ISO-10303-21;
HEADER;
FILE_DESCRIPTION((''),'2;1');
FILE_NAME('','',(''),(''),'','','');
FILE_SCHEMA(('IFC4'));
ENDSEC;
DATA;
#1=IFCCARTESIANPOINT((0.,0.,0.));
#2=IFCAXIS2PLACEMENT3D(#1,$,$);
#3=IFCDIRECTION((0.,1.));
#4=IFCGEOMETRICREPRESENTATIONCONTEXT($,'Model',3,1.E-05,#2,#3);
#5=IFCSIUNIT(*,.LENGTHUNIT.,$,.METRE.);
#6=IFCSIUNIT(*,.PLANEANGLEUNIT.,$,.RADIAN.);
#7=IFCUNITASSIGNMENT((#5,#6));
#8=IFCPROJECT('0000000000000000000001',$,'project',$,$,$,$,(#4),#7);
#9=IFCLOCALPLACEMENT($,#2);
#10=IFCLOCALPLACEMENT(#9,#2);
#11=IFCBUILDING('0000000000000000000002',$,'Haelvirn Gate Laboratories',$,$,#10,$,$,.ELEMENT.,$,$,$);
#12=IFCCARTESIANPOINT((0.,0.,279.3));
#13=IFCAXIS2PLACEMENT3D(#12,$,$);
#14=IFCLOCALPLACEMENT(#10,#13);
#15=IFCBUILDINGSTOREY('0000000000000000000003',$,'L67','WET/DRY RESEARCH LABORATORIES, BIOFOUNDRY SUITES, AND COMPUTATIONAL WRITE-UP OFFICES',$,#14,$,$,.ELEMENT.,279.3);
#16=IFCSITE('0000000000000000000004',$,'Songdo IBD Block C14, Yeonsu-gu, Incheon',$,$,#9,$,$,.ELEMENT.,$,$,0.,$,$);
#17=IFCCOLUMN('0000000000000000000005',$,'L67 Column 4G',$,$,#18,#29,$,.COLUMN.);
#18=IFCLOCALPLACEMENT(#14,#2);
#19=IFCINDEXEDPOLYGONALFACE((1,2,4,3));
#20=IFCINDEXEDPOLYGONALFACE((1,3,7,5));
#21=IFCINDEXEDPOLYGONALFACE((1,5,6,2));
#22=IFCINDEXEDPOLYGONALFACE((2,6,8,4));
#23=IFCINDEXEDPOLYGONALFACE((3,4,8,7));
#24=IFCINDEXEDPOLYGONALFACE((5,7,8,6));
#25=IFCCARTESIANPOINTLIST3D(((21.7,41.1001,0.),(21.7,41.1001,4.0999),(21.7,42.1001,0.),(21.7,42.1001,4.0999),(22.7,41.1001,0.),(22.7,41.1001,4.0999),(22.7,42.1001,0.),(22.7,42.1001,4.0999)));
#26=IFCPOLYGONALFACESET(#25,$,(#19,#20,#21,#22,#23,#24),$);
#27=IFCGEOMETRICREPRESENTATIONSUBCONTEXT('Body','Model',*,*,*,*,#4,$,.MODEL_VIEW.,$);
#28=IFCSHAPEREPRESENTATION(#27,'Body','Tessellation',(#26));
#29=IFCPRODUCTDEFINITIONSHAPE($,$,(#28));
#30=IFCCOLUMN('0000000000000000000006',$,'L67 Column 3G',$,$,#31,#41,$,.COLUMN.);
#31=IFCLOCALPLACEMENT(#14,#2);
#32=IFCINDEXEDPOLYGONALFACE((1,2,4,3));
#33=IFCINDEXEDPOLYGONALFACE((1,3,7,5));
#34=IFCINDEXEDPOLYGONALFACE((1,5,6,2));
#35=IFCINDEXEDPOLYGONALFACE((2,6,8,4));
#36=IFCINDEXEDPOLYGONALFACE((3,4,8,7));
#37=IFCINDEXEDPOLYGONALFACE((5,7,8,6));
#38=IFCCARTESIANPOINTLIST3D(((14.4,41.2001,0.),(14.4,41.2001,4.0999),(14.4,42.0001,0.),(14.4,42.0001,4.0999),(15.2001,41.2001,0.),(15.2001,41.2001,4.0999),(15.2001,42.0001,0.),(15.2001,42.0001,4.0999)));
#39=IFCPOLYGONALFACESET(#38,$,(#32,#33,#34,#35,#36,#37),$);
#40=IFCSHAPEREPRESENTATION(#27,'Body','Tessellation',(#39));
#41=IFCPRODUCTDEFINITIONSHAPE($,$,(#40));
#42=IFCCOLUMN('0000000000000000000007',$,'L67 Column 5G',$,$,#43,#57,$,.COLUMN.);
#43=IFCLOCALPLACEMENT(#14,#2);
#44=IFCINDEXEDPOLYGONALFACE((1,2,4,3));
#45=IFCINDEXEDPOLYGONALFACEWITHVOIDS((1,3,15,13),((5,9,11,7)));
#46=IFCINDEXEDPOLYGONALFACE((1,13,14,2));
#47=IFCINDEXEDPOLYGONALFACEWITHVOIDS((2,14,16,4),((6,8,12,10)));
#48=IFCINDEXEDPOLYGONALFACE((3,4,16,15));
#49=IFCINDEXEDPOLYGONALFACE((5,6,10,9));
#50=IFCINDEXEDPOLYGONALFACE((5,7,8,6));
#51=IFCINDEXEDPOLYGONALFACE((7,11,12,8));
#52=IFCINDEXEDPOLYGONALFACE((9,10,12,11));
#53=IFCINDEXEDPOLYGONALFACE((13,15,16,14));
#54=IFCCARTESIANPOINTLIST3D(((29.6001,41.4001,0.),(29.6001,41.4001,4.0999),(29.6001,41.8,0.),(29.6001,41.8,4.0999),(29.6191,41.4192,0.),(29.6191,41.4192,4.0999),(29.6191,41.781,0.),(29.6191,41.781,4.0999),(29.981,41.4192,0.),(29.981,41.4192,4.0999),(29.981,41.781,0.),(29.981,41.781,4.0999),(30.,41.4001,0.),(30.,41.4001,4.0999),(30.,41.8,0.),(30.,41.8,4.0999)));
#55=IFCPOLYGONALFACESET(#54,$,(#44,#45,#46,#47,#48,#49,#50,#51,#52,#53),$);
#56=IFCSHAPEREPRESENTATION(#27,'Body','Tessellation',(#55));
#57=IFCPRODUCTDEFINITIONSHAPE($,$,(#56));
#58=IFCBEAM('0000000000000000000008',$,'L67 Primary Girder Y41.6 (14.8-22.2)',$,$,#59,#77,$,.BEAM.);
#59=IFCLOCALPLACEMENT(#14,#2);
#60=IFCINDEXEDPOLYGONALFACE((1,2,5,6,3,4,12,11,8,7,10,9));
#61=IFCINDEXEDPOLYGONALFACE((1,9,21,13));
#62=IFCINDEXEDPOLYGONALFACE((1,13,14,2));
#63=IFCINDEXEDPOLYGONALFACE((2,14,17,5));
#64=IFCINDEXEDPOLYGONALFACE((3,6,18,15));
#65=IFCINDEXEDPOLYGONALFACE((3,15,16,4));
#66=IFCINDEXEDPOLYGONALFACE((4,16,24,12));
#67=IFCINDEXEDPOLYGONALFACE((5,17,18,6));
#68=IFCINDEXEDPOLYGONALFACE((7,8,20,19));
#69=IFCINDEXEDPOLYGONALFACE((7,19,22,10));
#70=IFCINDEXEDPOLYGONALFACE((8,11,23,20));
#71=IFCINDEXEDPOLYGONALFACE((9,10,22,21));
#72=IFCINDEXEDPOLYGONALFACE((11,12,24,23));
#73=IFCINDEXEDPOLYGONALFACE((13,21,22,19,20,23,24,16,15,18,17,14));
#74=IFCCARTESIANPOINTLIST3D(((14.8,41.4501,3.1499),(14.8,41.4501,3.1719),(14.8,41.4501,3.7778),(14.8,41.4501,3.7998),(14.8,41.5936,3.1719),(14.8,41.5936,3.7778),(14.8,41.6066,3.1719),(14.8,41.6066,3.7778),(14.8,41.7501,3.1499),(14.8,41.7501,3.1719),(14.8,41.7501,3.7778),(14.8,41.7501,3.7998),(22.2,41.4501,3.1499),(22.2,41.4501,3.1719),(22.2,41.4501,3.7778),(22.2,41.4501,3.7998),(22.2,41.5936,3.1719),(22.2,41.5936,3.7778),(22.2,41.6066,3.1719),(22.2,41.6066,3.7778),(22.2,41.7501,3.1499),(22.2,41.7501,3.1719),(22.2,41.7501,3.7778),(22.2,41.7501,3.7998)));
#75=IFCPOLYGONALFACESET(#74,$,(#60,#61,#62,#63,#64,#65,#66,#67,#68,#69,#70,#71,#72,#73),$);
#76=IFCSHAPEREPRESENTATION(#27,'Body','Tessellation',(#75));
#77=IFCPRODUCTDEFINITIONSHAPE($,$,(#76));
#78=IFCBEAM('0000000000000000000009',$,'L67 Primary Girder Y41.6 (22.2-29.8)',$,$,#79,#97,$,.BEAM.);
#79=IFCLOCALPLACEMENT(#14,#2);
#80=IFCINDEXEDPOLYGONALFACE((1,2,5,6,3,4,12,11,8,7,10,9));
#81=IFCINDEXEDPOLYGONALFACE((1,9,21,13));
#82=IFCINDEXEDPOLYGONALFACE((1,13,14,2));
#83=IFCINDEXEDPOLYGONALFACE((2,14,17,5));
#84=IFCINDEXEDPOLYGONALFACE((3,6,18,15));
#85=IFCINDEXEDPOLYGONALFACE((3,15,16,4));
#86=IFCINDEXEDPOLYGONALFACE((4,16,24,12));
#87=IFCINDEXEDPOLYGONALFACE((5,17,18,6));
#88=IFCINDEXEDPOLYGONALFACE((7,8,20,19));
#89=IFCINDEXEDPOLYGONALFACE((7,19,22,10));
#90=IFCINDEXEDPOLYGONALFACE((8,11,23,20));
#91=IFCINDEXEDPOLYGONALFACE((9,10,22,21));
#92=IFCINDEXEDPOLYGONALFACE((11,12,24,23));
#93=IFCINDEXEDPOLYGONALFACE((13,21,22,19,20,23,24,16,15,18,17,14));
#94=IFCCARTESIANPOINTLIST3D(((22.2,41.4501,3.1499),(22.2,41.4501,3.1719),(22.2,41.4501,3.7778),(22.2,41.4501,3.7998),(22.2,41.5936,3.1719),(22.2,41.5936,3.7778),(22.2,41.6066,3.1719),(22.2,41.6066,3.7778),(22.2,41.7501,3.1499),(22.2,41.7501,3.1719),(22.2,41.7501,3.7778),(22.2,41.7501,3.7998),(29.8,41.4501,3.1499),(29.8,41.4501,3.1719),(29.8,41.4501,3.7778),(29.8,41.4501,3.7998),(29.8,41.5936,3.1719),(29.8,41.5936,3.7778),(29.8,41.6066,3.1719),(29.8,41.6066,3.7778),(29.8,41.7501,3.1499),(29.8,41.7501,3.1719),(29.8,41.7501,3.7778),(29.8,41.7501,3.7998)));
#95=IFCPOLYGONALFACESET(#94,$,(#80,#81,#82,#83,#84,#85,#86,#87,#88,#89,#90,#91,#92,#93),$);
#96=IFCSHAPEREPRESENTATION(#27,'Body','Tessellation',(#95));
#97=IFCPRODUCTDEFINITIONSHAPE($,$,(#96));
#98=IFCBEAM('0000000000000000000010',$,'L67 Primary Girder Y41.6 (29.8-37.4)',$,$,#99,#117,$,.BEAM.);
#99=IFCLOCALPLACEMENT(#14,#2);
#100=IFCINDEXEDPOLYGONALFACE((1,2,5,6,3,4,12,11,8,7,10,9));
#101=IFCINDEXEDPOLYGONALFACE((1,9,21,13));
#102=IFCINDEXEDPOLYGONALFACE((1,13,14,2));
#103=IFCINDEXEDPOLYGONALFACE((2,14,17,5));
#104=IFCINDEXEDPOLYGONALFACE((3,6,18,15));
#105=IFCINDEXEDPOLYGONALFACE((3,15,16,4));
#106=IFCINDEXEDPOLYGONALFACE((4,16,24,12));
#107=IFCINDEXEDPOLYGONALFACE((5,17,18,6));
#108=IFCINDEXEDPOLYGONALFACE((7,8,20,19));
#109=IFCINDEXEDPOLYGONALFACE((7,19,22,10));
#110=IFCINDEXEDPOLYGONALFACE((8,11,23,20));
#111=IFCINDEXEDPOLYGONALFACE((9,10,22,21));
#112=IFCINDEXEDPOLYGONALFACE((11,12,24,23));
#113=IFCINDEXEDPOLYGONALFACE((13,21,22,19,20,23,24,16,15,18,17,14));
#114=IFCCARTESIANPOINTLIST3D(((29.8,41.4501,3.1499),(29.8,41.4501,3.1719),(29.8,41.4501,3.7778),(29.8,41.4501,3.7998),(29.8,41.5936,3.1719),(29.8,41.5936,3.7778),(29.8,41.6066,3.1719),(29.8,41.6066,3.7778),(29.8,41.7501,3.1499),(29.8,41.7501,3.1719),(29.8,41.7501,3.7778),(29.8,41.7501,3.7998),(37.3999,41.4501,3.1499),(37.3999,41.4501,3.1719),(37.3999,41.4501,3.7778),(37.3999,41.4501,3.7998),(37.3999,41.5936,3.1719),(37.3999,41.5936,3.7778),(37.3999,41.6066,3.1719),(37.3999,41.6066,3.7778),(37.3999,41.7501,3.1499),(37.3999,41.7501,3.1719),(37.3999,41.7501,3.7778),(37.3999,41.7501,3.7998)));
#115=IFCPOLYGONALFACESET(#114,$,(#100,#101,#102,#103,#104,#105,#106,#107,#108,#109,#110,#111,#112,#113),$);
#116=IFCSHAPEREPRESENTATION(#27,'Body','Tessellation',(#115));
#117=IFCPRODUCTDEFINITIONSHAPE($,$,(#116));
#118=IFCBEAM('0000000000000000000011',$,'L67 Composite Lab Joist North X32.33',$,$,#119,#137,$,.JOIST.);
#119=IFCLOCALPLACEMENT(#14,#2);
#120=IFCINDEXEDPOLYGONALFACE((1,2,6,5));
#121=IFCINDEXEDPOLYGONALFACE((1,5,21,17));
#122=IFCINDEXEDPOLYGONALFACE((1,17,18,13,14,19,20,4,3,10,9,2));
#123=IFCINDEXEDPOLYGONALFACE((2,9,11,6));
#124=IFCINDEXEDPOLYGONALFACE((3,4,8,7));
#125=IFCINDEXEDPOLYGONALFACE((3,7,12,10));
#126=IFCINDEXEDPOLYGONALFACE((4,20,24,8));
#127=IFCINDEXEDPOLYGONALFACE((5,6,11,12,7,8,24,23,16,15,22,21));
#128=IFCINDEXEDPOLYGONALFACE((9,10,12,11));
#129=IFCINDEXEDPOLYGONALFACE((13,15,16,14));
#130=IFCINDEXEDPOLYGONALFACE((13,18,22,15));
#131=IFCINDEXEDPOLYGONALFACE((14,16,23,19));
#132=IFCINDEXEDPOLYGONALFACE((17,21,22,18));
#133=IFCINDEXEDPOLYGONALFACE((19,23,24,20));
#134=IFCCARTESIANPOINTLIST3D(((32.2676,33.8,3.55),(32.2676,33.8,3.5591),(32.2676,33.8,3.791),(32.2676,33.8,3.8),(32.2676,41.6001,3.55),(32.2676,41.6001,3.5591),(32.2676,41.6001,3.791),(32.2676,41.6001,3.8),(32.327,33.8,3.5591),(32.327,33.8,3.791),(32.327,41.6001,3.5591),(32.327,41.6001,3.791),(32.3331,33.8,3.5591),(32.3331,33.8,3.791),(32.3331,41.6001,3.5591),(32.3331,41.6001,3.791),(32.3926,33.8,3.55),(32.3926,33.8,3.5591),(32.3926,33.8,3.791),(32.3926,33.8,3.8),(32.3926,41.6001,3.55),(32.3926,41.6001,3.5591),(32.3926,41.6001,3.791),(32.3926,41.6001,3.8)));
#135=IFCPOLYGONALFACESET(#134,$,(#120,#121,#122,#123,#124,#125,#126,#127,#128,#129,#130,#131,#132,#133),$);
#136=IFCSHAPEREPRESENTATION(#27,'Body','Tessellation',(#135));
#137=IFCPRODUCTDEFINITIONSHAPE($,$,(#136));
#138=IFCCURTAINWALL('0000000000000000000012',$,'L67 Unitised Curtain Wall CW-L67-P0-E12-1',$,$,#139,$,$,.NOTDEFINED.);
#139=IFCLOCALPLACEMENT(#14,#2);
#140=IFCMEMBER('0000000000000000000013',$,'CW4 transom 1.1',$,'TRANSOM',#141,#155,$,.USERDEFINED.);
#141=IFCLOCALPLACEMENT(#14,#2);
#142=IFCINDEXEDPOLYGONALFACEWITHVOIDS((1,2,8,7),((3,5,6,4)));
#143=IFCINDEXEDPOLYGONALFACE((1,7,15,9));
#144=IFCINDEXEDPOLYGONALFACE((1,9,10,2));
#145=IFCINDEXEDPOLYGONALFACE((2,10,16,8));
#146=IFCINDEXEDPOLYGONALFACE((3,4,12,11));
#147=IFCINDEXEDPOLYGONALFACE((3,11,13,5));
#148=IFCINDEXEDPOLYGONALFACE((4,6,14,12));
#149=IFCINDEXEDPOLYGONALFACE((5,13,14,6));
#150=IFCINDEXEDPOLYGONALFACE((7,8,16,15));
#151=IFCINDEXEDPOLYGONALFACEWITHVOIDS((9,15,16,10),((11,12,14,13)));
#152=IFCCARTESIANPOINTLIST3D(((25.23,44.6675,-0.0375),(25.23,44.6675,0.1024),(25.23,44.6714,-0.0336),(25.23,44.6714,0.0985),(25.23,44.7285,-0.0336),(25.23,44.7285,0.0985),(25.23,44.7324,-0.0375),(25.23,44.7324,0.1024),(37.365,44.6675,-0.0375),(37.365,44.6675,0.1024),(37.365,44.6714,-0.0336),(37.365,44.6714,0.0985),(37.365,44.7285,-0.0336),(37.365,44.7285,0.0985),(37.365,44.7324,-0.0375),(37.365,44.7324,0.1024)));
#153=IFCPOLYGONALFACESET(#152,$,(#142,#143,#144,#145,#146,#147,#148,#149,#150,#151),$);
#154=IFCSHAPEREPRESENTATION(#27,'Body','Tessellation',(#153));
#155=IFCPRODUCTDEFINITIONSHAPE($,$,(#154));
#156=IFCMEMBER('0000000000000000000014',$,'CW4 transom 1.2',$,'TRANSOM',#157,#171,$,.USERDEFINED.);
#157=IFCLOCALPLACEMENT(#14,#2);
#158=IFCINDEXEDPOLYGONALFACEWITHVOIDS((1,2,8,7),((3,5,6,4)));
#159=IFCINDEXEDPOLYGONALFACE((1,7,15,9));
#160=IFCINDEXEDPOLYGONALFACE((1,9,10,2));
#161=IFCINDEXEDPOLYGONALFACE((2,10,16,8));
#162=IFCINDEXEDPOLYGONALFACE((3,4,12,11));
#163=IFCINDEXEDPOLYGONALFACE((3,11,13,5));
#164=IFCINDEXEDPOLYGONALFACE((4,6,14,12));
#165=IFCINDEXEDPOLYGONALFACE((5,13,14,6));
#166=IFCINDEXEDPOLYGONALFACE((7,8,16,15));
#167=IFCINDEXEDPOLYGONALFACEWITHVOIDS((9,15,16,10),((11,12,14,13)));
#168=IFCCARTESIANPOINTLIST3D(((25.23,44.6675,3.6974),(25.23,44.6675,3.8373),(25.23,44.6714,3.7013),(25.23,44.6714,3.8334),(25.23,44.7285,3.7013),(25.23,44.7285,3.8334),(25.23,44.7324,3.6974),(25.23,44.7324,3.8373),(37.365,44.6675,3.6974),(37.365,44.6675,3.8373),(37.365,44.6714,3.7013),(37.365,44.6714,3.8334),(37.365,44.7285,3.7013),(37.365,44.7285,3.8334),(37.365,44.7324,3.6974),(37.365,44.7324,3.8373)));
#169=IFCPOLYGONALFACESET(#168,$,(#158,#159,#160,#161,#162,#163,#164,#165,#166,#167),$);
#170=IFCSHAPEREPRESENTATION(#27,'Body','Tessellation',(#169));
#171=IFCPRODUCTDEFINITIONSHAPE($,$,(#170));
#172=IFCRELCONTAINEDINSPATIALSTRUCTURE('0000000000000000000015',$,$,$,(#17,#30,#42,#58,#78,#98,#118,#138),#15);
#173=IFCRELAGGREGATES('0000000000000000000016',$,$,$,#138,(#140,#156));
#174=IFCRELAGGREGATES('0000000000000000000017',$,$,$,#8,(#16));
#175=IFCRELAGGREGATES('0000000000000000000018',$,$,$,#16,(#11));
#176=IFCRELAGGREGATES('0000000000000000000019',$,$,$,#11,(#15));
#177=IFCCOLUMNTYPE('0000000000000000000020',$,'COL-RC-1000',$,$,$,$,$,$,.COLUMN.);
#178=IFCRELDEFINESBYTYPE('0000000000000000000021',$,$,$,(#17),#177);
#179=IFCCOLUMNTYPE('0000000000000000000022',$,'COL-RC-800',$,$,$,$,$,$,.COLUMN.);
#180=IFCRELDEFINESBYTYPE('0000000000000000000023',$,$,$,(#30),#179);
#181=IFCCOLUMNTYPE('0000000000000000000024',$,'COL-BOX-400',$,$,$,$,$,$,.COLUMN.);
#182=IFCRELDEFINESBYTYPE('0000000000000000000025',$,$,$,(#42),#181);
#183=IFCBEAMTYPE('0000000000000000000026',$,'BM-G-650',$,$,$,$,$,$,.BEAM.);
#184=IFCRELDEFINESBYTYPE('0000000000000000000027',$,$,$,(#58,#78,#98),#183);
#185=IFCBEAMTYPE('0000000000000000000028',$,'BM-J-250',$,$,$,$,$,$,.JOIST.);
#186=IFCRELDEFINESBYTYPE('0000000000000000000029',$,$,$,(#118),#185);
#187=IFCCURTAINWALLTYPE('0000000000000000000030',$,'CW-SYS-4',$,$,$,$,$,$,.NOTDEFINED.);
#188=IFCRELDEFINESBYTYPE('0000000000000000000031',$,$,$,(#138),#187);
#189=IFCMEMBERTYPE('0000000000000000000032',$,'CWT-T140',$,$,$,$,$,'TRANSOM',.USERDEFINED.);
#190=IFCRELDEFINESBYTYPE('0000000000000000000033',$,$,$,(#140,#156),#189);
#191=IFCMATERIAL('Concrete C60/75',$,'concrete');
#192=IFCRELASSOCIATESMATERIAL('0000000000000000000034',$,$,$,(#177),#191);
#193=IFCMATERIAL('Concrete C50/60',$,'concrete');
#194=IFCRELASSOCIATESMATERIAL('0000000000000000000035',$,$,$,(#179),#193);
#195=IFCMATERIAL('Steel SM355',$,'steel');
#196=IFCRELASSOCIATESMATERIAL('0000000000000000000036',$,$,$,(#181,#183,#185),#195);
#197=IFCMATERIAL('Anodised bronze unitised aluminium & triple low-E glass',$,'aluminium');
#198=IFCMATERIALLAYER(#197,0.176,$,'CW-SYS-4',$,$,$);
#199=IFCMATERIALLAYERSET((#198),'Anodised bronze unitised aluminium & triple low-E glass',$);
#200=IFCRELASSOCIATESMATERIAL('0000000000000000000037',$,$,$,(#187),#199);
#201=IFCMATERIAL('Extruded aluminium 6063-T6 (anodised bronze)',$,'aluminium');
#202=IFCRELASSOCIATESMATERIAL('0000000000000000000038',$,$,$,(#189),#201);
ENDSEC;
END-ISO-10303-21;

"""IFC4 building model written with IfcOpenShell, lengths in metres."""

from ifc_helpers import new_model, si_unit, direction, frame, origin, origin_2d, place, context, subcontext, project, spatial, rectangle, hollow_rectangle, i_section, extrude, source, transform, mapped, material, layer, layer_set, material_profile, profile_set, type_object, type_shapes, element, aggregate, save


model = new_model("IFC4")

# Units and contexts
model_context = context("Model", 3, precision=1e-05, world=origin(), true_north=direction((0.0, 1.0)))
body_context = subcontext(model_context, "Body", "Model", "MODEL_VIEW")
ifc_project = project(units=[si_unit("LENGTHUNIT", "METRE"), si_unit("PLANEANGLEUNIT", "RADIAN")], contexts=[model_context])

# Site, building, storey
site_placement = place(None, origin())
site = spatial("IfcSite", under=ifc_project, at=site_placement, Name="Songdo IBD Block C14, Yeonsu-gu, Incheon", CompositionType="ELEMENT", RefElevation=0.0)
building_placement = place(site_placement, origin())
building = spatial("IfcBuilding", under=site, at=building_placement, Name="Haelvirn Gate Laboratories", CompositionType="ELEMENT")
storey_placement = place(building_placement, frame((0.0, 0.0, 279.3)))
storey = spatial("IfcBuildingStorey", under=building, at=storey_placement, Name="L67", Description="WET/DRY RESEARCH LABORATORIES, BIOFOUNDRY SUITES, AND COMPUTATIONAL WRITE-UP OFFICES", CompositionType="ELEMENT", Elevation=279.3)

# Columns
ifc_material_1 = material(Name="Concrete C60/75", Category="concrete")
ifc_material_profile_1 = material_profile(ifc_material_1, rectangle(XDim=1.0, YDim=1.0, at=origin_2d()), Name="RC-1000x1000")
ifc_profile_set_1 = profile_set([ifc_material_profile_1], Name="Concrete C60/75")
column_type_1 = type_object("IfcColumnType", Name="COL-RC-1000", PredefinedType="COLUMN", material=ifc_profile_set_1)
shared_shape_1 = source(origin(), body_context, "Body", "SweptSolid", [
    extrude(rectangle(XDim=1.0, YDim=1.0, at=origin_2d()), origin(), (0.0, 0.0, 1.0), 4.0999),
])
type_shapes(column_type_1, [shared_shape_1])
column_1_placement = place(storey_placement, frame((22.2, 41.6001, 0.0), z_axis=(0.0, 0.0, 1.0), x_axis=(1.0, 0.0, 0.0)))
element("IfcColumn", 1, at=column_1_placement, inside=storey, type_object=column_type_1, Name="L67 Column 4G", PredefinedType="COLUMN", context=body_context, shape_type="MappedRepresentation", body=[
    mapped(shared_shape_1, transform((0.0, 0.0, 0.0), scale=1.0)),
])
ifc_material_2 = material(Name="Concrete C50/60", Category="concrete")
ifc_material_profile_2 = material_profile(ifc_material_2, rectangle(XDim=0.8, YDim=0.8, at=origin_2d()), Name="RC-800x800")
ifc_profile_set_2 = profile_set([ifc_material_profile_2], Name="Concrete C50/60")
column_type_2 = type_object("IfcColumnType", Name="COL-RC-800", PredefinedType="COLUMN", material=ifc_profile_set_2)
shared_shape_2 = source(origin(), body_context, "Body", "SweptSolid", [
    extrude(rectangle(XDim=0.8, YDim=0.8, at=origin_2d()), origin(), (0.0, 0.0, 1.0), 4.0999),
])
type_shapes(column_type_2, [shared_shape_2])
column_2_placement = place(storey_placement, frame((14.8, 41.6001, 0.0), z_axis=(0.0, 0.0, 1.0), x_axis=(1.0, 0.0, 0.0)))
element("IfcColumn", 2, at=column_2_placement, inside=storey, type_object=column_type_2, Name="L67 Column 3G", PredefinedType="COLUMN", context=body_context, shape_type="MappedRepresentation", body=[
    mapped(shared_shape_2, transform((0.0, 0.0, 0.0), scale=1.0)),
])
ifc_material_3 = material(Name="Steel SM355", Category="steel")
ifc_material_profile_3 = material_profile(ifc_material_3, hollow_rectangle(XDim=0.3999, YDim=0.3999, WallThickness=0.019, at=origin_2d()), Name="BOX-400x400x19")
ifc_profile_set_3 = profile_set([ifc_material_profile_3], Name="Steel SM355")
column_type_3 = type_object("IfcColumnType", Name="COL-BOX-400", PredefinedType="COLUMN", material=ifc_profile_set_3)
shared_shape_3 = source(origin(), body_context, "Body", "SweptSolid", [
    extrude(hollow_rectangle(XDim=0.3999, YDim=0.3999, WallThickness=0.019, at=origin_2d()), origin(), (0.0, 0.0, 1.0), 4.0999),
])
type_shapes(column_type_3, [shared_shape_3])
column_3_placement = place(storey_placement, frame((29.8, 41.6001, 0.0), z_axis=(0.0, 0.0, 1.0), x_axis=(1.0, 0.0, 0.0)))
element("IfcColumn", 3, at=column_3_placement, inside=storey, type_object=column_type_3, Name="L67 Column 5G", PredefinedType="COLUMN", context=body_context, shape_type="MappedRepresentation", body=[
    mapped(shared_shape_3, transform((0.0, 0.0, 0.0), scale=1.0)),
])

# Beams
ifc_material_profile_4 = material_profile(ifc_material_3, i_section(OverallWidth=0.3, OverallDepth=0.6499, WebThickness=0.0129, FlangeThickness=0.022, at=origin_2d()), Name="H-650x300x13x22")
ifc_profile_set_4 = profile_set([ifc_material_profile_4], Name="Steel SM355")
beam_type_1 = type_object("IfcBeamType", Name="BM-G-650", PredefinedType="BEAM", material=ifc_profile_set_4)
shared_shape_4 = source(origin(), body_context, "Body", "SweptSolid", [
    extrude(i_section(OverallWidth=0.3, OverallDepth=0.6499, WebThickness=0.0129, FlangeThickness=0.022, at=origin_2d()), origin(), (0.0, 0.0, 1.0), 7.3999),
])
beam_1_placement = place(storey_placement, frame((14.8, 41.6001, 3.4749), z_axis=(1.0, 0.0, 0.0), x_axis=(0.0, 1.0, 0.0)))
element("IfcBeam", 4, at=beam_1_placement, inside=storey, type_object=beam_type_1, Name="L67 Primary Girder Y41.6 (14.8-22.2)", PredefinedType="BEAM", context=body_context, shape_type="MappedRepresentation", body=[
    mapped(shared_shape_4, transform((0.0, 0.0, 0.0), scale=1.0)),
])
shared_shape_5 = source(origin(), body_context, "Body", "SweptSolid", [
    extrude(i_section(OverallWidth=0.3, OverallDepth=0.6499, WebThickness=0.0129, FlangeThickness=0.022, at=origin_2d()), origin(), (0.0, 0.0, 1.0), 7.6001),
])
beam_2_placement = place(storey_placement, frame((22.2, 41.6001, 3.4749), z_axis=(1.0, 0.0, 0.0), x_axis=(0.0, 1.0, 0.0)))
element("IfcBeam", 5, at=beam_2_placement, inside=storey, type_object=beam_type_1, Name="L67 Primary Girder Y41.6 (22.2-29.8)", PredefinedType="BEAM", context=body_context, shape_type="MappedRepresentation", body=[
    mapped(shared_shape_5, transform((0.0, 0.0, 0.0), scale=1.0)),
])
shared_shape_6 = source(origin(), body_context, "Body", "SweptSolid", [
    extrude(i_section(OverallWidth=0.3, OverallDepth=0.6499, WebThickness=0.0129, FlangeThickness=0.022, at=origin_2d()), origin(), (0.0, 0.0, 1.0), 7.5999),
])
type_shapes(beam_type_1, [shared_shape_4, shared_shape_5, shared_shape_6])
beam_3_placement = place(storey_placement, frame((29.8, 41.6001, 3.4749), z_axis=(1.0, 0.0, 0.0), x_axis=(0.0, 1.0, 0.0)))
element("IfcBeam", 6, at=beam_3_placement, inside=storey, type_object=beam_type_1, Name="L67 Primary Girder Y41.6 (29.8-37.4)", PredefinedType="BEAM", context=body_context, shape_type="MappedRepresentation", body=[
    mapped(shared_shape_6, transform((0.0, 0.0, 0.0), scale=1.0)),
])
ifc_material_profile_5 = material_profile(ifc_material_3, i_section(OverallWidth=0.125, OverallDepth=0.25, WebThickness=0.0061, FlangeThickness=0.009, at=origin_2d()), Name="H-250x125x6x9")
ifc_profile_set_5 = profile_set([ifc_material_profile_5], Name="Steel SM355")
beam_type_2 = type_object("IfcBeamType", Name="BM-J-250", PredefinedType="JOIST", material=ifc_profile_set_5)
shared_shape_7 = source(origin(), body_context, "Body", "SweptSolid", [
    extrude(i_section(OverallWidth=0.125, OverallDepth=0.25, WebThickness=0.0061, FlangeThickness=0.009, at=origin_2d()), origin(), (0.0, 0.0, 1.0), 7.8),
])
type_shapes(beam_type_2, [shared_shape_7])
beam_4_placement = place(storey_placement, frame((32.3301, 33.8, 3.675), z_axis=(0.0, 1.0, 0.0), x_axis=(-1.0, 0.0, 0.0)))
element("IfcBeam", 7, at=beam_4_placement, inside=storey, type_object=beam_type_2, Name="L67 Composite Lab Joist North X32.33", PredefinedType="JOIST", context=body_context, shape_type="MappedRepresentation", body=[
    mapped(shared_shape_7, transform((0.0, 0.0, 0.0), scale=1.0)),
])

# Curtain wall, members
ifc_material_4 = material(Name="Anodised bronze unitised aluminium & triple low-E glass", Category="aluminium")
ifc_layer_1 = layer(ifc_material_4, 0.176, Name="CW-SYS-4")
ifc_layer_set_1 = layer_set([ifc_layer_1], Name="Anodised bronze unitised aluminium & triple low-E glass")
curtain_wall_type = type_object("IfcCurtainWallType", Name="CW-SYS-4", PredefinedType="NOTDEFINED", material=ifc_layer_set_1)
curtain_wall_1_placement = place(storey_placement, origin())
curtain_wall_1 = element("IfcCurtainWall", 8, at=curtain_wall_1_placement, inside=storey, type_object=curtain_wall_type, Name="L67 Unitised Curtain Wall CW-L67-P0-E12-1", PredefinedType="NOTDEFINED")
ifc_material_5 = material(Name="Extruded aluminium 6063-T6 (anodised bronze)", Category="aluminium")
ifc_material_profile_6 = material_profile(ifc_material_5, hollow_rectangle(XDim=0.0649, YDim=0.1399, WallThickness=0.0039, at=origin_2d()), Name="CWT-140x65x4")
ifc_profile_set_6 = profile_set([ifc_material_profile_6], Name="Extruded aluminium 6063-T6 (anodised bronze)")
member_type_1 = type_object("IfcMemberType", Name="CWT-T140", ElementType="TRANSOM", PredefinedType="USERDEFINED", material=ifc_profile_set_6)
shared_shape_8 = source(origin(), body_context, "Body", "SweptSolid", [
    extrude(hollow_rectangle(XDim=0.0649, YDim=0.1399, WallThickness=0.0039, at=origin_2d()), origin(), (0.0, 0.0, 1.0), 12.135),
])
member_1_placement = place(storey_placement, frame((25.23, 44.7, 0.0325), z_axis=(1.0, 0.0, 0.0), x_axis=(0.0, 1.0, 0.0)))
member_1 = element("IfcMember", 9, at=member_1_placement, type_object=member_type_1, Name="CW4 transom 1.1", ObjectType="TRANSOM", PredefinedType="USERDEFINED", context=body_context, shape_type="MappedRepresentation", body=[
    mapped(shared_shape_8, transform((0.0, 0.0, 0.0), scale=1.0)),
])
member_2_placement = place(storey_placement, frame((25.23, 44.7, 3.7673), z_axis=(1.0, 0.0, 0.0), x_axis=(0.0, 1.0, 0.0)))
member_2 = element("IfcMember", 10, at=member_2_placement, type_object=member_type_1, Name="CW4 transom 1.2", ObjectType="TRANSOM", PredefinedType="USERDEFINED", context=body_context, shape_type="MappedRepresentation", body=[
    mapped(shared_shape_8, transform((0.0, 0.0, 0.0), scale=1.0)),
])

aggregate(curtain_wall_1, [member_1, member_2])

save(model, "model.ifc")
